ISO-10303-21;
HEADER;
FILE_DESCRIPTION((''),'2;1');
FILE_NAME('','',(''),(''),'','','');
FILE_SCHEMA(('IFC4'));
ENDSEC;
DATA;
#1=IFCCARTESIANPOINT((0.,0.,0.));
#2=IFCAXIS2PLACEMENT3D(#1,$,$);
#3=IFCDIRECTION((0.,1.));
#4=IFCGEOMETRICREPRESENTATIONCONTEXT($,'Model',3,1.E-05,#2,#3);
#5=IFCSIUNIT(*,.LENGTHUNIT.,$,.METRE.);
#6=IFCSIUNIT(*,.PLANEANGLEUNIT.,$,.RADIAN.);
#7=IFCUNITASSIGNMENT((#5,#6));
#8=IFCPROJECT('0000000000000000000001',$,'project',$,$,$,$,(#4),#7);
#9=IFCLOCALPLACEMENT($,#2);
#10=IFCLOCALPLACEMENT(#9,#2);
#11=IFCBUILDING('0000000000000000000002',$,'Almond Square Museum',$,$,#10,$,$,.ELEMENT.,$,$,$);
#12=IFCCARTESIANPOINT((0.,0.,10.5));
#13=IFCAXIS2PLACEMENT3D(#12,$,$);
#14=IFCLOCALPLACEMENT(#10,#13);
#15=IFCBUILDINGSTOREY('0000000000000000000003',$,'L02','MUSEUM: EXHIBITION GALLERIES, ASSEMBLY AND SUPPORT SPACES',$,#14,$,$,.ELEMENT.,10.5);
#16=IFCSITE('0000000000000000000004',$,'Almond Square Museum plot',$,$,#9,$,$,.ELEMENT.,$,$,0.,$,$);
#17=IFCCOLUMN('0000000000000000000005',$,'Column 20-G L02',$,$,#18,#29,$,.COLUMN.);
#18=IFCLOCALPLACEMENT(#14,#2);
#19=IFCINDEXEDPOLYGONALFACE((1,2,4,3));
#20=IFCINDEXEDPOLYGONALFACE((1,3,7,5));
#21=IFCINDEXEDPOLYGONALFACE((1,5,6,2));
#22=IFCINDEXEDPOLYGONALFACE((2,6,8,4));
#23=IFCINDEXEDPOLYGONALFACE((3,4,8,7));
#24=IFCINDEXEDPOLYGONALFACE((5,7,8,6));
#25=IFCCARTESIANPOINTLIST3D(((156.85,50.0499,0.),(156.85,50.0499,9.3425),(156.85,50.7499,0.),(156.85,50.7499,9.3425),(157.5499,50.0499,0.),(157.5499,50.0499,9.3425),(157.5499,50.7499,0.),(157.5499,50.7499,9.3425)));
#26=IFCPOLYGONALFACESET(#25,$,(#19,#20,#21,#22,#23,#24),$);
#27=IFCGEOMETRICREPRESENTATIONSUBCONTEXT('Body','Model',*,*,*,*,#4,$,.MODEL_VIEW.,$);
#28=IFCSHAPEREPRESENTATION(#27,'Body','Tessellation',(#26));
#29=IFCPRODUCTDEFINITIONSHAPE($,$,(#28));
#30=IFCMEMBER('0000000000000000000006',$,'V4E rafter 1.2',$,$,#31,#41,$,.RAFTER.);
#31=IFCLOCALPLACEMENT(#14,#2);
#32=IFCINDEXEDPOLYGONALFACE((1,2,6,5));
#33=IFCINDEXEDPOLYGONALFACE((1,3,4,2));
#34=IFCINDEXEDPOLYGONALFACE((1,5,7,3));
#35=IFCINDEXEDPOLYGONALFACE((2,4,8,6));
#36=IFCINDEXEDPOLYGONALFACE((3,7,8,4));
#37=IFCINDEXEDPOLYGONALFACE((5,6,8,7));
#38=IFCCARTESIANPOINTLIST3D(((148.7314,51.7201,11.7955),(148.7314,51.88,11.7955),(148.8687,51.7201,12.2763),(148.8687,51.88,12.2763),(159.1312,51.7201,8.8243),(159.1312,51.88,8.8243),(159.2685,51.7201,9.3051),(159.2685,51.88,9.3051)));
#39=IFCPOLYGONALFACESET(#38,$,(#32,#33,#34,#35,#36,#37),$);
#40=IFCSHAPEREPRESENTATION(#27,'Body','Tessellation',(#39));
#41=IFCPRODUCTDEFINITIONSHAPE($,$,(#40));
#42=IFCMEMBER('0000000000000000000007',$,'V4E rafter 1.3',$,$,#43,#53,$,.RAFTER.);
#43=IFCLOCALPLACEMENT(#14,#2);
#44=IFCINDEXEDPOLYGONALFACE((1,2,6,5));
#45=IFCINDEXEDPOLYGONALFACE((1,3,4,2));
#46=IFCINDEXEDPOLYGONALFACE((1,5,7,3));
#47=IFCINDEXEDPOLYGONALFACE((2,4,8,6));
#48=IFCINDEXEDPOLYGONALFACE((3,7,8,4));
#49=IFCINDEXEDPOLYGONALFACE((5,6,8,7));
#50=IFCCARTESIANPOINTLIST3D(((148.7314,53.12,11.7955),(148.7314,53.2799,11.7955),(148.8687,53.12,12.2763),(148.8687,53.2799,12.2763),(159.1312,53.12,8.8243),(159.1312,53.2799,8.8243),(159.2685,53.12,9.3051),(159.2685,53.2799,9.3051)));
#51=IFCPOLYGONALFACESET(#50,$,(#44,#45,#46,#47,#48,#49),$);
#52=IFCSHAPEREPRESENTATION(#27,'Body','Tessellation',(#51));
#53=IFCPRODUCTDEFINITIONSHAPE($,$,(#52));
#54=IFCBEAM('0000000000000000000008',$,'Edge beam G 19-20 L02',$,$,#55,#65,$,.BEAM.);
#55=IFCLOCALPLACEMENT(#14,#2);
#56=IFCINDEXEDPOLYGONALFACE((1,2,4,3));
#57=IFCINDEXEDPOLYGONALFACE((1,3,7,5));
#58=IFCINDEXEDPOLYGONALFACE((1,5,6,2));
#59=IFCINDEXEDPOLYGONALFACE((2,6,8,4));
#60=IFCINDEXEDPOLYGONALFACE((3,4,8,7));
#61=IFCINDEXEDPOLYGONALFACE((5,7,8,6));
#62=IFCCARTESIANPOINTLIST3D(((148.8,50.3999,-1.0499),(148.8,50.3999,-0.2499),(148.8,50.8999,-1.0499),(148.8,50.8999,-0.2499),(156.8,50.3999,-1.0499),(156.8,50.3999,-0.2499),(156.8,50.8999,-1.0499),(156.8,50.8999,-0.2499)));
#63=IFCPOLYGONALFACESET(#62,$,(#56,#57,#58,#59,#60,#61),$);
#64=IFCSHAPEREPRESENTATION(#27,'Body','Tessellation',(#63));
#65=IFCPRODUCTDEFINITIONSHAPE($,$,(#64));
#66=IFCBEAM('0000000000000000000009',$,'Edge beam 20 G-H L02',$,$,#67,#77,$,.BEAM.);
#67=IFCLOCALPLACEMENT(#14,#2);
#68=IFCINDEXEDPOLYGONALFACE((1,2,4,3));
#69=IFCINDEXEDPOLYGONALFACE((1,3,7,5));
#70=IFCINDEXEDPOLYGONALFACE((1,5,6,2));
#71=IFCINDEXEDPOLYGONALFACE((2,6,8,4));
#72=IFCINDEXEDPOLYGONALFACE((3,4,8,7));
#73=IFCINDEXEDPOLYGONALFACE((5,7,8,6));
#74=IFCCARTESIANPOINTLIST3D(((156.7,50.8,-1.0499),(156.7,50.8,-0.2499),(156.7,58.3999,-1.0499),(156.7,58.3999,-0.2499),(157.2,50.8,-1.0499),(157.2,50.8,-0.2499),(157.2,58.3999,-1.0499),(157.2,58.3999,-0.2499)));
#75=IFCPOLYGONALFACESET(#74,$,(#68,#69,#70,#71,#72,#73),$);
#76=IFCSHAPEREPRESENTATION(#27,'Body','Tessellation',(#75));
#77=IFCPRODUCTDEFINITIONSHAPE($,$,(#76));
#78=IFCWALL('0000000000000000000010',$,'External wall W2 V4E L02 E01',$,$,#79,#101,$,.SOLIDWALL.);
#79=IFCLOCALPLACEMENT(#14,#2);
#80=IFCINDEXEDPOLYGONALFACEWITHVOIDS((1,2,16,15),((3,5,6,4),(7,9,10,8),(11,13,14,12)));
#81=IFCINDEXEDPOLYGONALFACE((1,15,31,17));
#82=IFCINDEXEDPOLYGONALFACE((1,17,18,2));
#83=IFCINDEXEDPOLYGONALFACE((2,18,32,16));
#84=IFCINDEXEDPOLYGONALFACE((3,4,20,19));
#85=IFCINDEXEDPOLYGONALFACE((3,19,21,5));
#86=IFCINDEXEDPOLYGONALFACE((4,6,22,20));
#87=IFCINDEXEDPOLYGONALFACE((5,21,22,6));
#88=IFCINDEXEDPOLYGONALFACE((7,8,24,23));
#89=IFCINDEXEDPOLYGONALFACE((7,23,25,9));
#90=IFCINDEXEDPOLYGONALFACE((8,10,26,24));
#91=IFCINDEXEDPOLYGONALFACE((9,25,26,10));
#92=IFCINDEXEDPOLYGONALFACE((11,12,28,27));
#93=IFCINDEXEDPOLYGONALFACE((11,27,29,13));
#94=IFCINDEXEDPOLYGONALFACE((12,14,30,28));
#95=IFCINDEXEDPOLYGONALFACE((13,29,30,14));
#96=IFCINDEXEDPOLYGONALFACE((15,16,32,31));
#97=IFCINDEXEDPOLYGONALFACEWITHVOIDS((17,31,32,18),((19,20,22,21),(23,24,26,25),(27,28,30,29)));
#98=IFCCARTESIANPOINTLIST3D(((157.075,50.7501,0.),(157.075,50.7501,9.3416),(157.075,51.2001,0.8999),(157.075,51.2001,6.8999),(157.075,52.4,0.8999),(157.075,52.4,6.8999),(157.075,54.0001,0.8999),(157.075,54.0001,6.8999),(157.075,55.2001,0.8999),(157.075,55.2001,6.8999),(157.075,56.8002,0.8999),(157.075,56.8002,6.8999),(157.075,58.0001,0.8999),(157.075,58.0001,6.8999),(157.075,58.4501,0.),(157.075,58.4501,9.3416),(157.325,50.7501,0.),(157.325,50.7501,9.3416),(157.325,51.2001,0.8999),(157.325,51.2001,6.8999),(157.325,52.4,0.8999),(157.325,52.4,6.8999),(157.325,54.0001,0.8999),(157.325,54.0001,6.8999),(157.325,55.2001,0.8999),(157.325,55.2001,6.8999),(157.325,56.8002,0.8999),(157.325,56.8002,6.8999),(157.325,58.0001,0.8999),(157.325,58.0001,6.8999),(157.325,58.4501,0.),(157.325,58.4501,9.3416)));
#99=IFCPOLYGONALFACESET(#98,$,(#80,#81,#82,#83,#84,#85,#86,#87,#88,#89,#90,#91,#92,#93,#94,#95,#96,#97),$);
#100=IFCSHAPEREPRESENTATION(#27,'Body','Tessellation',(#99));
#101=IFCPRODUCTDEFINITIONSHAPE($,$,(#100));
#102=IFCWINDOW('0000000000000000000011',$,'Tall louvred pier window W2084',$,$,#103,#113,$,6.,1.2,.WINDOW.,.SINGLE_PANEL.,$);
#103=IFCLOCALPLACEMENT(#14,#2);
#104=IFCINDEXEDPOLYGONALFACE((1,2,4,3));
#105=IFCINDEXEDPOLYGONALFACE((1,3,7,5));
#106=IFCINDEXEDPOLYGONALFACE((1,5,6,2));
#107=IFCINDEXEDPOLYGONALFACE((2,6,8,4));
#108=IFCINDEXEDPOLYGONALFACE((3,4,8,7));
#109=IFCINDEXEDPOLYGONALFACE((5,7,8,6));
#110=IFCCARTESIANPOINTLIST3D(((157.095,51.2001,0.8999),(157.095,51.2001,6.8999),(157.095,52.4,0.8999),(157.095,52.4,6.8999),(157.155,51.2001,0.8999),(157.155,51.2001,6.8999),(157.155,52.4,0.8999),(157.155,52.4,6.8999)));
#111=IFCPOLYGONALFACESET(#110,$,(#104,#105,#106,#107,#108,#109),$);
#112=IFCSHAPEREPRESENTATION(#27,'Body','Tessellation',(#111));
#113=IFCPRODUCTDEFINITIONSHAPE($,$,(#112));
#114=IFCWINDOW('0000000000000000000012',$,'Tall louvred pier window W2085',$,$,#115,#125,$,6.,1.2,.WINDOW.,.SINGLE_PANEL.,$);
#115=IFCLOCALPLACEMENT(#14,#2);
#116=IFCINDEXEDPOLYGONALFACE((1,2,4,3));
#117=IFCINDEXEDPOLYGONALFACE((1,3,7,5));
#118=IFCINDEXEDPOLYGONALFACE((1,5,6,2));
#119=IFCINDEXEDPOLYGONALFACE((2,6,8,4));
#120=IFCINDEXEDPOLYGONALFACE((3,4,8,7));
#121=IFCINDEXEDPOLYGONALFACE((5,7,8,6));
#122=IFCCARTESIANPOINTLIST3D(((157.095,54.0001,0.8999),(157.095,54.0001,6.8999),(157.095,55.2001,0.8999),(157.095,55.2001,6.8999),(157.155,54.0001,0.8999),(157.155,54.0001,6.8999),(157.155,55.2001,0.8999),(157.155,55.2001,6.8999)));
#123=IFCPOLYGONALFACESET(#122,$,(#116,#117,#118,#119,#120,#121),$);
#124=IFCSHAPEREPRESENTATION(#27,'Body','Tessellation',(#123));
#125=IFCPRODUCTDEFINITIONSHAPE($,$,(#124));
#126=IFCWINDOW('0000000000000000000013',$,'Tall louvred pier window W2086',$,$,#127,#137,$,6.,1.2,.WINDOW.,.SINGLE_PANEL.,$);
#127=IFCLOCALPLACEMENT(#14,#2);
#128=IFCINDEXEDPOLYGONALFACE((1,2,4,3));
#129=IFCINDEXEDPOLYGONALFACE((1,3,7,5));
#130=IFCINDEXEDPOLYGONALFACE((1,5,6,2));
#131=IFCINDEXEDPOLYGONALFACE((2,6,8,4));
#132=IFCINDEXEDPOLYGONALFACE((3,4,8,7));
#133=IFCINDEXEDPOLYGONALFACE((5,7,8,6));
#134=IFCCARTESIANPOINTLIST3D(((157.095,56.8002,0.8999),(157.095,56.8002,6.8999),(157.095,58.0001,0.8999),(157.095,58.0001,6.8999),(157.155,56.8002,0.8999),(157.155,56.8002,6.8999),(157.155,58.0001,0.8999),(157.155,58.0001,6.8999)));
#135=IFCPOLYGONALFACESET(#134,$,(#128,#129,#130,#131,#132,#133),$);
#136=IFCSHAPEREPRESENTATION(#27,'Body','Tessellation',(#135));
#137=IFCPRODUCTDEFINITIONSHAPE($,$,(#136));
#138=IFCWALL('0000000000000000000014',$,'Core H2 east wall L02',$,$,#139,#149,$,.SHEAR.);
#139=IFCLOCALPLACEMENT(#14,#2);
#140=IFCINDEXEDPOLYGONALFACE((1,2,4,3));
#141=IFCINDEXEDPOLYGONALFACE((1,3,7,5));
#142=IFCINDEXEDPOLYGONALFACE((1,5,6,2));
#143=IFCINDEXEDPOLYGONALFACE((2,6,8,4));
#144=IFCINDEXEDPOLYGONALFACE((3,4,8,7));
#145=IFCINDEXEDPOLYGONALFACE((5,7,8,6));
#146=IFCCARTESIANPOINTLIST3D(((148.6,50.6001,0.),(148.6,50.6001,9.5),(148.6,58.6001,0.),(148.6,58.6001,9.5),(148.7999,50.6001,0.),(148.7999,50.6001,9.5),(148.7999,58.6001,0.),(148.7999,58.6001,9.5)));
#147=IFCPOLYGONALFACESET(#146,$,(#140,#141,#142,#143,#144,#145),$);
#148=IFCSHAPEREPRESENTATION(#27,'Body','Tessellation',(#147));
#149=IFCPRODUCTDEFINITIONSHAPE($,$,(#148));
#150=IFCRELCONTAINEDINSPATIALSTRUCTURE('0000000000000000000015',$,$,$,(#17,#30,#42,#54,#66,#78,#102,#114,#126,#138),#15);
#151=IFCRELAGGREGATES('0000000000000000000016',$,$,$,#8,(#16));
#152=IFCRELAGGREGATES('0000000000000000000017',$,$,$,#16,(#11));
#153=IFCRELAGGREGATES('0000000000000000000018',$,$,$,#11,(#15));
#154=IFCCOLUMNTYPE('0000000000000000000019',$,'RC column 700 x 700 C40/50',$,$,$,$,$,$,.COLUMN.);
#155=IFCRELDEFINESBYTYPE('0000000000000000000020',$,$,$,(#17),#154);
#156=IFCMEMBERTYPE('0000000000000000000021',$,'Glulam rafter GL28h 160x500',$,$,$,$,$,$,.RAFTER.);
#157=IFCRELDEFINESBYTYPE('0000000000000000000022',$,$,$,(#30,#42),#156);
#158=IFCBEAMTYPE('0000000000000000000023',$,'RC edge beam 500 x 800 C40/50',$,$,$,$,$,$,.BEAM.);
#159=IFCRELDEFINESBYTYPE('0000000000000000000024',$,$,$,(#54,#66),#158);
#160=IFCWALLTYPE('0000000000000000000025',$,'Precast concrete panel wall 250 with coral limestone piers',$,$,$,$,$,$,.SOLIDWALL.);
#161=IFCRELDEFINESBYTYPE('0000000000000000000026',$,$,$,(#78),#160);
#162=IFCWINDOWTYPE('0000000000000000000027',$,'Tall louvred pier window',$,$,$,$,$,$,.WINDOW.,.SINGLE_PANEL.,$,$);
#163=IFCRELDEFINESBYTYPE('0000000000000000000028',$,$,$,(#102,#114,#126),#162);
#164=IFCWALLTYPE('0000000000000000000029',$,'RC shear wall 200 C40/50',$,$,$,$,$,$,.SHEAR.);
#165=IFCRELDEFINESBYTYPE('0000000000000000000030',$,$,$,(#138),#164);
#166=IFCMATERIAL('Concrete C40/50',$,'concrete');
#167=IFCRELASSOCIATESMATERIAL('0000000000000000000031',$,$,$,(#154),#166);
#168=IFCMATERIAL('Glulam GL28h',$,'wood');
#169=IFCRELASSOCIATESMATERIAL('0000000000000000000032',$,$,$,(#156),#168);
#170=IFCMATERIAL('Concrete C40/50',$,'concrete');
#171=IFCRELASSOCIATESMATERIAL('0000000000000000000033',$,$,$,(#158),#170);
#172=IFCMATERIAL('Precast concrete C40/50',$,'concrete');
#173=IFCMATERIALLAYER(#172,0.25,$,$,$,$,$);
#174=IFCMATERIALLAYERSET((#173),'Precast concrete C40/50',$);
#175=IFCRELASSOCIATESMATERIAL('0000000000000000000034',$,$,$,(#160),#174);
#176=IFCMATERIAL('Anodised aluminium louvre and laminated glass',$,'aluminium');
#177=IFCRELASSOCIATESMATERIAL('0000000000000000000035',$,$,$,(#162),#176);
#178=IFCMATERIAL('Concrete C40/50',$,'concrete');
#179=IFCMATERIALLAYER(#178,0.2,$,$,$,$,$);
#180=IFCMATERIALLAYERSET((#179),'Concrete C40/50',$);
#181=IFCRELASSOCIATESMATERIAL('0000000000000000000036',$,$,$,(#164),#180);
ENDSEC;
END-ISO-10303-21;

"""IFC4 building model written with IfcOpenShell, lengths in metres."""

from ifc_helpers import new_model, si_unit, direction, frame, frame_2d, origin, origin_2d, place, context, subcontext, project, spatial, rectangle, extrude, material, layer, layer_set, material_profile, profile_set, type_object, element, fill, save


model = new_model("IFC4")

# Units and contexts
model_context = context("Model", 3, precision=1e-05, world=origin(), true_north=direction((0.0, 1.0)))
body_context = subcontext(model_context, "Body", "Model", "MODEL_VIEW")
ifc_project = project(units=[si_unit("LENGTHUNIT", "METRE"), si_unit("PLANEANGLEUNIT", "RADIAN")], contexts=[model_context])

# Site, building, storey
site_placement = place(None, origin())
site = spatial("IfcSite", under=ifc_project, at=site_placement, Name="Almond Square Museum plot", CompositionType="ELEMENT", RefElevation=0.0)
building_placement = place(site_placement, origin())
building = spatial("IfcBuilding", under=site, at=building_placement, Name="Almond Square Museum", CompositionType="ELEMENT")
storey_placement = place(building_placement, frame((0.0, 0.0, 10.5)))
storey = spatial("IfcBuildingStorey", under=building, at=storey_placement, Name="L02", Description="MUSEUM: EXHIBITION GALLERIES, ASSEMBLY AND SUPPORT SPACES", CompositionType="ELEMENT", Elevation=10.5)

# Column
ifc_material_1 = material(Name="Concrete C40/50", Category="concrete")
ifc_material_profile_1 = material_profile(ifc_material_1, rectangle(XDim=0.7, YDim=0.7, at=origin_2d()))
ifc_profile_set_1 = profile_set([ifc_material_profile_1], Name="Concrete C40/50")
column_type = type_object("IfcColumnType", Name="RC column 700 x 700 C40/50", PredefinedType="COLUMN", material=ifc_profile_set_1)
column_placement = place(storey_placement, frame((157.2, 50.3999, 0.0), z_axis=(0.0, 0.0, 1.0), x_axis=(1.0, 0.0, 0.0)))
element("IfcColumn", 1, at=column_placement, inside=storey, type_object=column_type, Name="Column 20-G L02", PredefinedType="COLUMN", context=body_context, shape_type="SweptSolid", body=[
    extrude(rectangle(XDim=0.7, YDim=0.7, at=origin_2d()), origin(), (0.0, 0.0, 1.0), 9.3425),
])

# Members
ifc_material_2 = material(Name="Glulam GL28h", Category="wood")
ifc_material_profile_2 = material_profile(ifc_material_2, rectangle(XDim=0.1599, YDim=0.5, at=origin_2d()))
ifc_profile_set_2 = profile_set([ifc_material_profile_2], Name="Glulam GL28h")
member_type = type_object("IfcMemberType", Name="Glulam rafter GL28h 160x500", PredefinedType="RAFTER", material=ifc_profile_set_2)
for number, where, z_axis, x_axis, name in (
    (2, (148.8, 51.8, 12.0359), (0.961529, 0.0, -0.274703), (0.0, 1.0, 0.0), "V4E rafter 1.2"),
    (3, (148.8, 53.2, 12.0359), (0.961529, 0.0, -0.274703), (0.0, 1.0, 0.0), "V4E rafter 1.3"),
):
    element("IfcMember", number, at=place(storey_placement, frame(where, z_axis=z_axis, x_axis=x_axis)), inside=storey, type_object=member_type, Name=name, PredefinedType="RAFTER", context=body_context, shape_type="SweptSolid", body=[
        extrude(rectangle(XDim=0.1599, YDim=0.5, at=origin_2d()), origin(), (0.0, 0.0, 1.0), 10.8159),
    ])

# Beams
ifc_material_3 = material(Name="Concrete C40/50", Category="concrete")
ifc_material_profile_3 = material_profile(ifc_material_3, rectangle(XDim=0.5, YDim=0.8, at=origin_2d()))
ifc_profile_set_3 = profile_set([ifc_material_profile_3], Name="Concrete C40/50")
beam_type = type_object("IfcBeamType", Name="RC edge beam 500 x 800 C40/50", PredefinedType="BEAM", material=ifc_profile_set_3)
beam_1_placement = place(storey_placement, frame((148.8, 50.6499, -0.6499), z_axis=(1.0, 0.0, 0.0), x_axis=(0.0, 1.0, 0.0)))
element("IfcBeam", 4, at=beam_1_placement, inside=storey, type_object=beam_type, Name="Edge beam G 19-20 L02", PredefinedType="BEAM", context=body_context, shape_type="SweptSolid", body=[
    extrude(rectangle(XDim=0.5, YDim=0.8, at=origin_2d()), origin(), (0.0, 0.0, 1.0), 8.0),
])
beam_2_placement = place(storey_placement, frame((156.95, 50.8, -0.6499), z_axis=(0.0, 1.0, 0.0), x_axis=(-1.0, 0.0, 0.0)))
element("IfcBeam", 5, at=beam_2_placement, inside=storey, type_object=beam_type, Name="Edge beam 20 G-H L02", PredefinedType="BEAM", context=body_context, shape_type="SweptSolid", body=[
    extrude(rectangle(XDim=0.5, YDim=0.8, at=origin_2d()), origin(), (0.0, 0.0, 1.0), 7.5999),
])

# Wall, openings, windows
ifc_material_4 = material(Name="Precast concrete C40/50", Category="concrete")
ifc_layer_1 = layer(ifc_material_4, 0.25)
ifc_layer_set_1 = layer_set([ifc_layer_1], Name="Precast concrete C40/50")
wall_type_1 = type_object("IfcWallType", Name="Precast concrete panel wall 250 with coral limestone piers", PredefinedType="SOLIDWALL", material=ifc_layer_set_1)
wall_1_placement = place(storey_placement, frame((157.2, 50.75, 0.0), z_axis=(0.0, 0.0, 1.0), x_axis=(0.0, 1.0, 0.0)))
wall_1 = element("IfcWall", 6, at=wall_1_placement, inside=storey, type_object=wall_type_1, Name="External wall W2 V4E L02 E01", PredefinedType="SOLIDWALL", context=body_context, shape_type="SweptSolid", body=[
    extrude(rectangle(XDim=7.7, YDim=0.25, at=frame_2d((3.8501, 0.0))), origin(), (0.0, 0.0, 1.0), 9.3416),
])
opening_1_placement = place(wall_1_placement, frame((0.45, 0.0, 0.8999)))
opening_1 = element("IfcOpeningElement", 7, at=opening_1_placement, cuts=wall_1, PredefinedType="OPENING", context=body_context, shape_type="SweptSolid", body=[
    extrude(rectangle(XDim=1.2, YDim=6.0, at=frame_2d((0.6001, 3.0))), frame((0.0, 0.135, 0.0), z_axis=(0.0, -1.0, 0.0), x_axis=(1.0, 0.0, 0.0)), (0.0, 0.0, 1.0), 0.27),
])
opening_2_placement = place(wall_1_placement, frame((3.25, 0.0, 0.8999)))
opening_2 = element("IfcOpeningElement", 8, at=opening_2_placement, cuts=wall_1, PredefinedType="OPENING", context=body_context, shape_type="SweptSolid", body=[
    extrude(rectangle(XDim=1.2, YDim=6.0, at=frame_2d((0.6001, 3.0))), frame((0.0, 0.135, 0.0), z_axis=(0.0, -1.0, 0.0), x_axis=(1.0, 0.0, 0.0)), (0.0, 0.0, 1.0), 0.27),
])
opening_3_placement = place(wall_1_placement, frame((6.05, 0.0, 0.8999)))
opening_3 = element("IfcOpeningElement", 9, at=opening_3_placement, cuts=wall_1, PredefinedType="OPENING", context=body_context, shape_type="SweptSolid", body=[
    extrude(rectangle(XDim=1.2, YDim=6.0, at=frame_2d((0.6001, 3.0))), frame((0.0, 0.135, 0.0), z_axis=(0.0, -1.0, 0.0), x_axis=(1.0, 0.0, 0.0)), (0.0, 0.0, 1.0), 0.27),
])
ifc_material_5 = material(Name="Anodised aluminium louvre and laminated glass", Category="aluminium")
window_type = type_object("IfcWindowType", Name="Tall louvred pier window", PartitioningType="SINGLE_PANEL", PredefinedType="WINDOW", material=ifc_material_5)
window_1_placement = place(opening_1_placement, origin())
window_1 = element("IfcWindow", 10, at=window_1_placement, inside=storey, type_object=window_type, Name="Tall louvred pier window W2084", OverallHeight=6.0, OverallWidth=1.2, PartitioningType="SINGLE_PANEL", PredefinedType="WINDOW", context=body_context, shape_type="SweptSolid", body=[
    extrude(rectangle(XDim=1.2, YDim=6.0, at=frame_2d((0.6001, 3.0))), frame((0.0, 0.105, 0.0), z_axis=(0.0, -1.0, 0.0), x_axis=(1.0, 0.0, 0.0)), (0.0, 0.0, 1.0), 0.0601),
])
fill(opening_1, window_1)
window_2_placement = place(opening_2_placement, origin())
window_2 = element("IfcWindow", 11, at=window_2_placement, inside=storey, type_object=window_type, Name="Tall louvred pier window W2085", OverallHeight=6.0, OverallWidth=1.2, PartitioningType="SINGLE_PANEL", PredefinedType="WINDOW", context=body_context, shape_type="SweptSolid", body=[
    extrude(rectangle(XDim=1.2, YDim=6.0, at=frame_2d((0.6001, 3.0))), frame((0.0, 0.105, 0.0), z_axis=(0.0, -1.0, 0.0), x_axis=(1.0, 0.0, 0.0)), (0.0, 0.0, 1.0), 0.0601),
])
fill(opening_2, window_2)
window_3_placement = place(opening_3_placement, origin())
window_3 = element("IfcWindow", 12, at=window_3_placement, inside=storey, type_object=window_type, Name="Tall louvred pier window W2086", OverallHeight=6.0, OverallWidth=1.2, PartitioningType="SINGLE_PANEL", PredefinedType="WINDOW", context=body_context, shape_type="SweptSolid", body=[
    extrude(rectangle(XDim=1.2, YDim=6.0, at=frame_2d((0.6001, 3.0))), frame((0.0, 0.105, 0.0), z_axis=(0.0, -1.0, 0.0), x_axis=(1.0, 0.0, 0.0)), (0.0, 0.0, 1.0), 0.0601),
])
fill(opening_3, window_3)

# Wall
ifc_material_6 = material(Name="Concrete C40/50", Category="concrete")
ifc_layer_2 = layer(ifc_material_6, 0.2)
ifc_layer_set_2 = layer_set([ifc_layer_2], Name="Concrete C40/50")
wall_type_2 = type_object("IfcWallType", Name="RC shear wall 200 C40/50", PredefinedType="SHEAR", material=ifc_layer_set_2)
wall_2_placement = place(storey_placement, frame((148.7, 50.6001, 0.0), z_axis=(0.0, 0.0, 1.0), x_axis=(0.0, 1.0, 0.0)))
element("IfcWall", 13, at=wall_2_placement, inside=storey, type_object=wall_type_2, Name="Core H2 east wall L02", PredefinedType="SHEAR", context=body_context, shape_type="SweptSolid", body=[
    extrude(rectangle(XDim=8.0, YDim=0.2, at=frame_2d((4.0, 0.0))), origin(), (0.0, 0.0, 1.0), 9.5),
])

save(model, "model.ifc")
